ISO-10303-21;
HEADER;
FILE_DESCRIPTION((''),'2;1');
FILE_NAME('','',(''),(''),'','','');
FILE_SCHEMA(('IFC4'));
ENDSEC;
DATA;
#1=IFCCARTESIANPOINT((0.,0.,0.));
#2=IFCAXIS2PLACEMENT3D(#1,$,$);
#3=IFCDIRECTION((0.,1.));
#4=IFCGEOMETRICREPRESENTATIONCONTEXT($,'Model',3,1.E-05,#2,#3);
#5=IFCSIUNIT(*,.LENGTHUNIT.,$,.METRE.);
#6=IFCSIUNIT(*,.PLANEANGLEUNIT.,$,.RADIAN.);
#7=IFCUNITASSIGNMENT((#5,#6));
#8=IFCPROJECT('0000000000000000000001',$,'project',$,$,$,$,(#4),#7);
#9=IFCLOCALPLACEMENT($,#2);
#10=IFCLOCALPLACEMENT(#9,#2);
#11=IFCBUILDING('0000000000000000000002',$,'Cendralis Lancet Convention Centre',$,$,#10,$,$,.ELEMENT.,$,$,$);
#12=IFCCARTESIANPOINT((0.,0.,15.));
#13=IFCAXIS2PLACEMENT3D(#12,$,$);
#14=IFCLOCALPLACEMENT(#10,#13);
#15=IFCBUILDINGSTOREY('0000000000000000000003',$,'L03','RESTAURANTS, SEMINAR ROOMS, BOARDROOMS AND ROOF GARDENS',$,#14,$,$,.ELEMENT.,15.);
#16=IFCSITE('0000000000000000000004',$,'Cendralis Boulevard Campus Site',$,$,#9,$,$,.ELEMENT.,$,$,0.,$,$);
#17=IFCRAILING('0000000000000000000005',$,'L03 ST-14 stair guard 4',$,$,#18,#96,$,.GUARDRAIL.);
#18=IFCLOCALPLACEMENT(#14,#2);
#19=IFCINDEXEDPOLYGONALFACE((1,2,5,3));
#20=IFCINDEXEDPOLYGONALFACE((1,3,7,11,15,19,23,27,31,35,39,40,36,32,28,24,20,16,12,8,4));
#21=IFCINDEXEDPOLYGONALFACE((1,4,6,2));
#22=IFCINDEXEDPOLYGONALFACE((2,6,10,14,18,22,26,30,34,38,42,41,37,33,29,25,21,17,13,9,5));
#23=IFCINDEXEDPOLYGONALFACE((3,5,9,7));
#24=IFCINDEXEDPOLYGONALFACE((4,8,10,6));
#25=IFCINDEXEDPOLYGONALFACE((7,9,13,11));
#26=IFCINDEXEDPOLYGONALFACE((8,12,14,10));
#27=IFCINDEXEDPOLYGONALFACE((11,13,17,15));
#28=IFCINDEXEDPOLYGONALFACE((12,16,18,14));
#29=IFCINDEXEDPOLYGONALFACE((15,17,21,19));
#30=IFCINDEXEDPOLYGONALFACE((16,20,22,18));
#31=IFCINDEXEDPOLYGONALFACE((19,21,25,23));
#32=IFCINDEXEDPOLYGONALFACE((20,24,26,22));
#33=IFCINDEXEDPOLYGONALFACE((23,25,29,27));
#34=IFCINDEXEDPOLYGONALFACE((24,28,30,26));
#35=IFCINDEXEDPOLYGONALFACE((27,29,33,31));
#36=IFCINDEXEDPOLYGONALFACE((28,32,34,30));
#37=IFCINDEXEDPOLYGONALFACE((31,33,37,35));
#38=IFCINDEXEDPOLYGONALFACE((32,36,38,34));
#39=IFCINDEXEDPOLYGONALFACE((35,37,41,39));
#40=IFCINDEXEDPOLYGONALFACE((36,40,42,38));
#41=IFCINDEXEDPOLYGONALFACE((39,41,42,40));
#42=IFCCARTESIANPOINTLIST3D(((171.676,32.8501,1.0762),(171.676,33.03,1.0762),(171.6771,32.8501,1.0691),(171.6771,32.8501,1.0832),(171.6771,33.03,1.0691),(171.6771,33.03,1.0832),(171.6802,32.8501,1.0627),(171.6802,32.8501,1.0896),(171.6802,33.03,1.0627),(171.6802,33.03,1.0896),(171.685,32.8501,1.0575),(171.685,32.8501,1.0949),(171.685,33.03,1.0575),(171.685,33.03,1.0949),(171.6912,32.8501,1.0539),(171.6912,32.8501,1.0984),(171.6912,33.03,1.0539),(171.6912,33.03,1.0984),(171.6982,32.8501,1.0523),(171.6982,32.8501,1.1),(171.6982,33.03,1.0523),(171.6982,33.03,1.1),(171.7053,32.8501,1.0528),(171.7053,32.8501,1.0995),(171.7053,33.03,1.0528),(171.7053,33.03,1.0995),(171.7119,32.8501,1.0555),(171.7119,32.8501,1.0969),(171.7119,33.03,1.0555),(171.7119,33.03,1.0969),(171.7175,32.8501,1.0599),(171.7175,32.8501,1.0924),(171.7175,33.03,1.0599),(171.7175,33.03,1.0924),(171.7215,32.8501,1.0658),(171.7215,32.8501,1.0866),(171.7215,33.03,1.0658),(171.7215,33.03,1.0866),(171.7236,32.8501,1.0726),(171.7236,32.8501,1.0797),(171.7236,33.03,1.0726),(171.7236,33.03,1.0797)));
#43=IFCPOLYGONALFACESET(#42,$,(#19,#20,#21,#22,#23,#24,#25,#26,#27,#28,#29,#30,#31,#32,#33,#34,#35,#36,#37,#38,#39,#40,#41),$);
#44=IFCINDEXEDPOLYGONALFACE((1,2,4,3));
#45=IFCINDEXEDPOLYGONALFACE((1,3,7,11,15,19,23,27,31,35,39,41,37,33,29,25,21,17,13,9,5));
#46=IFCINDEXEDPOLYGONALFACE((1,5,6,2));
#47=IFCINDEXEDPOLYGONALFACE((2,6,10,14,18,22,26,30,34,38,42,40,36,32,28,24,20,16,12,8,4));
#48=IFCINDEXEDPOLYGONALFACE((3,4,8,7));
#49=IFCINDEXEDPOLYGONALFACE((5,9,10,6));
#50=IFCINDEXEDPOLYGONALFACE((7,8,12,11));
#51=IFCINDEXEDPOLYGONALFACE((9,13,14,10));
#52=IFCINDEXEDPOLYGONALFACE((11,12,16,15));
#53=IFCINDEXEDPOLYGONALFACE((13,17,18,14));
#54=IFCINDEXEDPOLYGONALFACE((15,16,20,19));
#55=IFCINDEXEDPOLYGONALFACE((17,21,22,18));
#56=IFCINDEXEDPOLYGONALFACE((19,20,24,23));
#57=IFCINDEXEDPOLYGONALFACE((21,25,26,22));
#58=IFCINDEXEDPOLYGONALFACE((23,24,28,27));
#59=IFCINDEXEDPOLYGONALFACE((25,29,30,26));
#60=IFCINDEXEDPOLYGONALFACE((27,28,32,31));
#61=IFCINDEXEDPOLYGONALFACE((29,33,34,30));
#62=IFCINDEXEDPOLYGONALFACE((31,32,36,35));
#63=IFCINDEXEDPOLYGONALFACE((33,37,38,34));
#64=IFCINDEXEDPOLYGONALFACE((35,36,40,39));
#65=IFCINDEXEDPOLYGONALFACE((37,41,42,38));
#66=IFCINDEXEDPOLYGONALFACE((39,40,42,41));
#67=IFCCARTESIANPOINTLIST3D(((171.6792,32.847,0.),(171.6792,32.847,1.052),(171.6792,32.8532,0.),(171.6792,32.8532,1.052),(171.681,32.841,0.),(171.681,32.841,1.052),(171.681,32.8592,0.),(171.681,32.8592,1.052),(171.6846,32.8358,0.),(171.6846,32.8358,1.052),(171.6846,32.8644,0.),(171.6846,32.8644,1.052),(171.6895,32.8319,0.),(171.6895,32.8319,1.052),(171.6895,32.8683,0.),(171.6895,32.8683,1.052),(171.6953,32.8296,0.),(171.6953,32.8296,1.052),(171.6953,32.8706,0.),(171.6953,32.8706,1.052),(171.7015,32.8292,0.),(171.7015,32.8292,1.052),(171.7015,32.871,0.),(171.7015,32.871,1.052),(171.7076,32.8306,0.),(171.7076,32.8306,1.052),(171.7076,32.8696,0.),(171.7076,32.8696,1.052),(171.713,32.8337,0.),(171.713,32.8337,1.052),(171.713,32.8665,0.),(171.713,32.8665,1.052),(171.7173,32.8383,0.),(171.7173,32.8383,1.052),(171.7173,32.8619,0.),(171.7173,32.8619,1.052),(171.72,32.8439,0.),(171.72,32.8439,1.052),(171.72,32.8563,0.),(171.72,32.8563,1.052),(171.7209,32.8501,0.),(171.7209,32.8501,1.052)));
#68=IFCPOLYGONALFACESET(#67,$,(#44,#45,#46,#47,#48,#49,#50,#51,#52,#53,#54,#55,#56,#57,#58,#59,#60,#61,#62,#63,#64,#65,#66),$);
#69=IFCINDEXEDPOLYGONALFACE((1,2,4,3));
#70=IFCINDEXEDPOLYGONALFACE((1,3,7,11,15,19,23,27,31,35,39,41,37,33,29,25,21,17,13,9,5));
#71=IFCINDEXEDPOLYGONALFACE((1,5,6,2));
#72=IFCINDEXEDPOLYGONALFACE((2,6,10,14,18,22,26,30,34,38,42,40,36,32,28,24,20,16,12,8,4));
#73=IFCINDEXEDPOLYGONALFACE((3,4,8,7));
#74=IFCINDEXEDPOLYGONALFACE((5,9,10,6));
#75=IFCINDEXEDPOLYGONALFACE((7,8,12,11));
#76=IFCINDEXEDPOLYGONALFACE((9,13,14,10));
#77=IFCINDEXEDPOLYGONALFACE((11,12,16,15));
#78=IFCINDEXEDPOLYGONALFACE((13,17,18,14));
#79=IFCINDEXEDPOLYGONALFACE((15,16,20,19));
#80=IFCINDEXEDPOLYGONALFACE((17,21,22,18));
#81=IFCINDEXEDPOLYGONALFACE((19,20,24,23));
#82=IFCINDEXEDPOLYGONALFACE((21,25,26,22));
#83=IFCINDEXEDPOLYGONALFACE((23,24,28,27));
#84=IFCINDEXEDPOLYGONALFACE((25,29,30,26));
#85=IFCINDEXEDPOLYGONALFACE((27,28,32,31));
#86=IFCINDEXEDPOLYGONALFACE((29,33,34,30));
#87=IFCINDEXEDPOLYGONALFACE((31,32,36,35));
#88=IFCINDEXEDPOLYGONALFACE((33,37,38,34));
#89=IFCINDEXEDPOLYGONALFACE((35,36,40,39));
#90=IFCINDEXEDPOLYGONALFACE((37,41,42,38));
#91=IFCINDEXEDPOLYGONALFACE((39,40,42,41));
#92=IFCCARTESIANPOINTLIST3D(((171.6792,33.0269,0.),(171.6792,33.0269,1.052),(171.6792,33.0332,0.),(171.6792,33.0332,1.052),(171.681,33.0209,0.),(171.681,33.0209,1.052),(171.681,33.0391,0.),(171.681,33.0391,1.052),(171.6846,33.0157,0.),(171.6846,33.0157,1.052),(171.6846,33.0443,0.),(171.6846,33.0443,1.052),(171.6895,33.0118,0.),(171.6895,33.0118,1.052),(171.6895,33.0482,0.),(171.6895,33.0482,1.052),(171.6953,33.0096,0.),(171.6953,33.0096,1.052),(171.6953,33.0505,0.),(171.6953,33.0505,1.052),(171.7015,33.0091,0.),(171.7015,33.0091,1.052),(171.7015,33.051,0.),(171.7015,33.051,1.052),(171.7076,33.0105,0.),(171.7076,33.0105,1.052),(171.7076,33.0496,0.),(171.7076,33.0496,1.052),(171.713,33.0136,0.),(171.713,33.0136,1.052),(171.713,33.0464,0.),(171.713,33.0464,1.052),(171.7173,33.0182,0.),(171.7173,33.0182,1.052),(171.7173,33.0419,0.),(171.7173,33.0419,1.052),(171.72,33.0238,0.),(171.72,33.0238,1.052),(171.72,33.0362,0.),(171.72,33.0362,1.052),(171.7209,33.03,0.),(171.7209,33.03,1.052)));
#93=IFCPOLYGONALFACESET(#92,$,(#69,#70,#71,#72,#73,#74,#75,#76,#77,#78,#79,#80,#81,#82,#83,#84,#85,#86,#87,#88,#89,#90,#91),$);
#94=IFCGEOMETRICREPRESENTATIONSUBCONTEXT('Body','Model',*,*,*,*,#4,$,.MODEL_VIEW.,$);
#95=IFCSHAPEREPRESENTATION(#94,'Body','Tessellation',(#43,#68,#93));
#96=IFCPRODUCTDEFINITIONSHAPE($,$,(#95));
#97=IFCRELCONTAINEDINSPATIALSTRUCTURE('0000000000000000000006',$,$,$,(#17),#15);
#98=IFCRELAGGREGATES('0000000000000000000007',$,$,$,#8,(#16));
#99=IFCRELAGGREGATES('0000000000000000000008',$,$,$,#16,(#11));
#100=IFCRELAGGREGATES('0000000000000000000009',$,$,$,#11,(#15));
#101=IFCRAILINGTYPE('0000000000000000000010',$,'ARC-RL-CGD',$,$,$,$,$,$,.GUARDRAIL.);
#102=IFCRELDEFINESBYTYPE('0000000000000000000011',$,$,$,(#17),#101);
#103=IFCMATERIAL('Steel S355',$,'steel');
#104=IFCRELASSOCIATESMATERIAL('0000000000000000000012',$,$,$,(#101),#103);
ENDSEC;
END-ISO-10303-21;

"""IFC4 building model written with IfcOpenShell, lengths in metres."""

from ifc_helpers import new_model, si_unit, direction, frame, origin, origin_2d, place, context, subcontext, project, spatial, circle, extrude, material, type_object, element, save


model = new_model("IFC4")

# Units and contexts
model_context = context("Model", 3, precision=1e-05, world=origin(), true_north=direction((0.0, 1.0)))
body_context = subcontext(model_context, "Body", "Model", "MODEL_VIEW")
ifc_project = project(units=[si_unit("LENGTHUNIT", "METRE"), si_unit("PLANEANGLEUNIT", "RADIAN")], contexts=[model_context])

# Site, building, storey
site_placement = place(None, origin())
site = spatial("IfcSite", under=ifc_project, at=site_placement, Name="Cendralis Boulevard Campus Site", CompositionType="ELEMENT", RefElevation=0.0)
building_placement = place(site_placement, origin())
building = spatial("IfcBuilding", under=site, at=building_placement, Name="Cendralis Lancet Convention Centre", CompositionType="ELEMENT")
storey_placement = place(building_placement, frame((0.0, 0.0, 15.0)))
storey = spatial("IfcBuildingStorey", under=building, at=storey_placement, Name="L03", Description="RESTAURANTS, SEMINAR ROOMS, BOARDROOMS AND ROOF GARDENS", CompositionType="ELEMENT", Elevation=15.0)

# Shared definitions
ifc_material_1 = material(Name="Steel S355", Category="steel")

# Railing
railing_type_1 = type_object("IfcRailingType", Name="ARC-RL-CGD", PredefinedType="GUARDRAIL", material=ifc_material_1)
railing_1_placement = place(storey_placement, frame((171.7, 32.8501, 0.0)))
element("IfcRailing", 1, at=railing_1_placement, inside=storey, type_object=railing_type_1, Name="L03 ST-14 stair guard 4", PredefinedType="GUARDRAIL", context=body_context, shape_type="SweptSolid", body=[
    extrude(circle(Radius=0.0239, at=origin_2d()), frame((0.0, 0.0, 1.0762), z_axis=(0.0, 1.0, 0.0), x_axis=(-1.0, 0.0, 0.0)), (0.0, 0.0, 1.0), 0.1799),
    extrude(circle(Radius=0.021, at=origin_2d()), origin(), (0.0, 0.0, 1.0), 1.052),
    extrude(circle(Radius=0.021, at=origin_2d()), frame((0.0, 0.1799, 0.0)), (0.0, 0.0, 1.0), 1.052),
])

save(model, "model.ifc")
